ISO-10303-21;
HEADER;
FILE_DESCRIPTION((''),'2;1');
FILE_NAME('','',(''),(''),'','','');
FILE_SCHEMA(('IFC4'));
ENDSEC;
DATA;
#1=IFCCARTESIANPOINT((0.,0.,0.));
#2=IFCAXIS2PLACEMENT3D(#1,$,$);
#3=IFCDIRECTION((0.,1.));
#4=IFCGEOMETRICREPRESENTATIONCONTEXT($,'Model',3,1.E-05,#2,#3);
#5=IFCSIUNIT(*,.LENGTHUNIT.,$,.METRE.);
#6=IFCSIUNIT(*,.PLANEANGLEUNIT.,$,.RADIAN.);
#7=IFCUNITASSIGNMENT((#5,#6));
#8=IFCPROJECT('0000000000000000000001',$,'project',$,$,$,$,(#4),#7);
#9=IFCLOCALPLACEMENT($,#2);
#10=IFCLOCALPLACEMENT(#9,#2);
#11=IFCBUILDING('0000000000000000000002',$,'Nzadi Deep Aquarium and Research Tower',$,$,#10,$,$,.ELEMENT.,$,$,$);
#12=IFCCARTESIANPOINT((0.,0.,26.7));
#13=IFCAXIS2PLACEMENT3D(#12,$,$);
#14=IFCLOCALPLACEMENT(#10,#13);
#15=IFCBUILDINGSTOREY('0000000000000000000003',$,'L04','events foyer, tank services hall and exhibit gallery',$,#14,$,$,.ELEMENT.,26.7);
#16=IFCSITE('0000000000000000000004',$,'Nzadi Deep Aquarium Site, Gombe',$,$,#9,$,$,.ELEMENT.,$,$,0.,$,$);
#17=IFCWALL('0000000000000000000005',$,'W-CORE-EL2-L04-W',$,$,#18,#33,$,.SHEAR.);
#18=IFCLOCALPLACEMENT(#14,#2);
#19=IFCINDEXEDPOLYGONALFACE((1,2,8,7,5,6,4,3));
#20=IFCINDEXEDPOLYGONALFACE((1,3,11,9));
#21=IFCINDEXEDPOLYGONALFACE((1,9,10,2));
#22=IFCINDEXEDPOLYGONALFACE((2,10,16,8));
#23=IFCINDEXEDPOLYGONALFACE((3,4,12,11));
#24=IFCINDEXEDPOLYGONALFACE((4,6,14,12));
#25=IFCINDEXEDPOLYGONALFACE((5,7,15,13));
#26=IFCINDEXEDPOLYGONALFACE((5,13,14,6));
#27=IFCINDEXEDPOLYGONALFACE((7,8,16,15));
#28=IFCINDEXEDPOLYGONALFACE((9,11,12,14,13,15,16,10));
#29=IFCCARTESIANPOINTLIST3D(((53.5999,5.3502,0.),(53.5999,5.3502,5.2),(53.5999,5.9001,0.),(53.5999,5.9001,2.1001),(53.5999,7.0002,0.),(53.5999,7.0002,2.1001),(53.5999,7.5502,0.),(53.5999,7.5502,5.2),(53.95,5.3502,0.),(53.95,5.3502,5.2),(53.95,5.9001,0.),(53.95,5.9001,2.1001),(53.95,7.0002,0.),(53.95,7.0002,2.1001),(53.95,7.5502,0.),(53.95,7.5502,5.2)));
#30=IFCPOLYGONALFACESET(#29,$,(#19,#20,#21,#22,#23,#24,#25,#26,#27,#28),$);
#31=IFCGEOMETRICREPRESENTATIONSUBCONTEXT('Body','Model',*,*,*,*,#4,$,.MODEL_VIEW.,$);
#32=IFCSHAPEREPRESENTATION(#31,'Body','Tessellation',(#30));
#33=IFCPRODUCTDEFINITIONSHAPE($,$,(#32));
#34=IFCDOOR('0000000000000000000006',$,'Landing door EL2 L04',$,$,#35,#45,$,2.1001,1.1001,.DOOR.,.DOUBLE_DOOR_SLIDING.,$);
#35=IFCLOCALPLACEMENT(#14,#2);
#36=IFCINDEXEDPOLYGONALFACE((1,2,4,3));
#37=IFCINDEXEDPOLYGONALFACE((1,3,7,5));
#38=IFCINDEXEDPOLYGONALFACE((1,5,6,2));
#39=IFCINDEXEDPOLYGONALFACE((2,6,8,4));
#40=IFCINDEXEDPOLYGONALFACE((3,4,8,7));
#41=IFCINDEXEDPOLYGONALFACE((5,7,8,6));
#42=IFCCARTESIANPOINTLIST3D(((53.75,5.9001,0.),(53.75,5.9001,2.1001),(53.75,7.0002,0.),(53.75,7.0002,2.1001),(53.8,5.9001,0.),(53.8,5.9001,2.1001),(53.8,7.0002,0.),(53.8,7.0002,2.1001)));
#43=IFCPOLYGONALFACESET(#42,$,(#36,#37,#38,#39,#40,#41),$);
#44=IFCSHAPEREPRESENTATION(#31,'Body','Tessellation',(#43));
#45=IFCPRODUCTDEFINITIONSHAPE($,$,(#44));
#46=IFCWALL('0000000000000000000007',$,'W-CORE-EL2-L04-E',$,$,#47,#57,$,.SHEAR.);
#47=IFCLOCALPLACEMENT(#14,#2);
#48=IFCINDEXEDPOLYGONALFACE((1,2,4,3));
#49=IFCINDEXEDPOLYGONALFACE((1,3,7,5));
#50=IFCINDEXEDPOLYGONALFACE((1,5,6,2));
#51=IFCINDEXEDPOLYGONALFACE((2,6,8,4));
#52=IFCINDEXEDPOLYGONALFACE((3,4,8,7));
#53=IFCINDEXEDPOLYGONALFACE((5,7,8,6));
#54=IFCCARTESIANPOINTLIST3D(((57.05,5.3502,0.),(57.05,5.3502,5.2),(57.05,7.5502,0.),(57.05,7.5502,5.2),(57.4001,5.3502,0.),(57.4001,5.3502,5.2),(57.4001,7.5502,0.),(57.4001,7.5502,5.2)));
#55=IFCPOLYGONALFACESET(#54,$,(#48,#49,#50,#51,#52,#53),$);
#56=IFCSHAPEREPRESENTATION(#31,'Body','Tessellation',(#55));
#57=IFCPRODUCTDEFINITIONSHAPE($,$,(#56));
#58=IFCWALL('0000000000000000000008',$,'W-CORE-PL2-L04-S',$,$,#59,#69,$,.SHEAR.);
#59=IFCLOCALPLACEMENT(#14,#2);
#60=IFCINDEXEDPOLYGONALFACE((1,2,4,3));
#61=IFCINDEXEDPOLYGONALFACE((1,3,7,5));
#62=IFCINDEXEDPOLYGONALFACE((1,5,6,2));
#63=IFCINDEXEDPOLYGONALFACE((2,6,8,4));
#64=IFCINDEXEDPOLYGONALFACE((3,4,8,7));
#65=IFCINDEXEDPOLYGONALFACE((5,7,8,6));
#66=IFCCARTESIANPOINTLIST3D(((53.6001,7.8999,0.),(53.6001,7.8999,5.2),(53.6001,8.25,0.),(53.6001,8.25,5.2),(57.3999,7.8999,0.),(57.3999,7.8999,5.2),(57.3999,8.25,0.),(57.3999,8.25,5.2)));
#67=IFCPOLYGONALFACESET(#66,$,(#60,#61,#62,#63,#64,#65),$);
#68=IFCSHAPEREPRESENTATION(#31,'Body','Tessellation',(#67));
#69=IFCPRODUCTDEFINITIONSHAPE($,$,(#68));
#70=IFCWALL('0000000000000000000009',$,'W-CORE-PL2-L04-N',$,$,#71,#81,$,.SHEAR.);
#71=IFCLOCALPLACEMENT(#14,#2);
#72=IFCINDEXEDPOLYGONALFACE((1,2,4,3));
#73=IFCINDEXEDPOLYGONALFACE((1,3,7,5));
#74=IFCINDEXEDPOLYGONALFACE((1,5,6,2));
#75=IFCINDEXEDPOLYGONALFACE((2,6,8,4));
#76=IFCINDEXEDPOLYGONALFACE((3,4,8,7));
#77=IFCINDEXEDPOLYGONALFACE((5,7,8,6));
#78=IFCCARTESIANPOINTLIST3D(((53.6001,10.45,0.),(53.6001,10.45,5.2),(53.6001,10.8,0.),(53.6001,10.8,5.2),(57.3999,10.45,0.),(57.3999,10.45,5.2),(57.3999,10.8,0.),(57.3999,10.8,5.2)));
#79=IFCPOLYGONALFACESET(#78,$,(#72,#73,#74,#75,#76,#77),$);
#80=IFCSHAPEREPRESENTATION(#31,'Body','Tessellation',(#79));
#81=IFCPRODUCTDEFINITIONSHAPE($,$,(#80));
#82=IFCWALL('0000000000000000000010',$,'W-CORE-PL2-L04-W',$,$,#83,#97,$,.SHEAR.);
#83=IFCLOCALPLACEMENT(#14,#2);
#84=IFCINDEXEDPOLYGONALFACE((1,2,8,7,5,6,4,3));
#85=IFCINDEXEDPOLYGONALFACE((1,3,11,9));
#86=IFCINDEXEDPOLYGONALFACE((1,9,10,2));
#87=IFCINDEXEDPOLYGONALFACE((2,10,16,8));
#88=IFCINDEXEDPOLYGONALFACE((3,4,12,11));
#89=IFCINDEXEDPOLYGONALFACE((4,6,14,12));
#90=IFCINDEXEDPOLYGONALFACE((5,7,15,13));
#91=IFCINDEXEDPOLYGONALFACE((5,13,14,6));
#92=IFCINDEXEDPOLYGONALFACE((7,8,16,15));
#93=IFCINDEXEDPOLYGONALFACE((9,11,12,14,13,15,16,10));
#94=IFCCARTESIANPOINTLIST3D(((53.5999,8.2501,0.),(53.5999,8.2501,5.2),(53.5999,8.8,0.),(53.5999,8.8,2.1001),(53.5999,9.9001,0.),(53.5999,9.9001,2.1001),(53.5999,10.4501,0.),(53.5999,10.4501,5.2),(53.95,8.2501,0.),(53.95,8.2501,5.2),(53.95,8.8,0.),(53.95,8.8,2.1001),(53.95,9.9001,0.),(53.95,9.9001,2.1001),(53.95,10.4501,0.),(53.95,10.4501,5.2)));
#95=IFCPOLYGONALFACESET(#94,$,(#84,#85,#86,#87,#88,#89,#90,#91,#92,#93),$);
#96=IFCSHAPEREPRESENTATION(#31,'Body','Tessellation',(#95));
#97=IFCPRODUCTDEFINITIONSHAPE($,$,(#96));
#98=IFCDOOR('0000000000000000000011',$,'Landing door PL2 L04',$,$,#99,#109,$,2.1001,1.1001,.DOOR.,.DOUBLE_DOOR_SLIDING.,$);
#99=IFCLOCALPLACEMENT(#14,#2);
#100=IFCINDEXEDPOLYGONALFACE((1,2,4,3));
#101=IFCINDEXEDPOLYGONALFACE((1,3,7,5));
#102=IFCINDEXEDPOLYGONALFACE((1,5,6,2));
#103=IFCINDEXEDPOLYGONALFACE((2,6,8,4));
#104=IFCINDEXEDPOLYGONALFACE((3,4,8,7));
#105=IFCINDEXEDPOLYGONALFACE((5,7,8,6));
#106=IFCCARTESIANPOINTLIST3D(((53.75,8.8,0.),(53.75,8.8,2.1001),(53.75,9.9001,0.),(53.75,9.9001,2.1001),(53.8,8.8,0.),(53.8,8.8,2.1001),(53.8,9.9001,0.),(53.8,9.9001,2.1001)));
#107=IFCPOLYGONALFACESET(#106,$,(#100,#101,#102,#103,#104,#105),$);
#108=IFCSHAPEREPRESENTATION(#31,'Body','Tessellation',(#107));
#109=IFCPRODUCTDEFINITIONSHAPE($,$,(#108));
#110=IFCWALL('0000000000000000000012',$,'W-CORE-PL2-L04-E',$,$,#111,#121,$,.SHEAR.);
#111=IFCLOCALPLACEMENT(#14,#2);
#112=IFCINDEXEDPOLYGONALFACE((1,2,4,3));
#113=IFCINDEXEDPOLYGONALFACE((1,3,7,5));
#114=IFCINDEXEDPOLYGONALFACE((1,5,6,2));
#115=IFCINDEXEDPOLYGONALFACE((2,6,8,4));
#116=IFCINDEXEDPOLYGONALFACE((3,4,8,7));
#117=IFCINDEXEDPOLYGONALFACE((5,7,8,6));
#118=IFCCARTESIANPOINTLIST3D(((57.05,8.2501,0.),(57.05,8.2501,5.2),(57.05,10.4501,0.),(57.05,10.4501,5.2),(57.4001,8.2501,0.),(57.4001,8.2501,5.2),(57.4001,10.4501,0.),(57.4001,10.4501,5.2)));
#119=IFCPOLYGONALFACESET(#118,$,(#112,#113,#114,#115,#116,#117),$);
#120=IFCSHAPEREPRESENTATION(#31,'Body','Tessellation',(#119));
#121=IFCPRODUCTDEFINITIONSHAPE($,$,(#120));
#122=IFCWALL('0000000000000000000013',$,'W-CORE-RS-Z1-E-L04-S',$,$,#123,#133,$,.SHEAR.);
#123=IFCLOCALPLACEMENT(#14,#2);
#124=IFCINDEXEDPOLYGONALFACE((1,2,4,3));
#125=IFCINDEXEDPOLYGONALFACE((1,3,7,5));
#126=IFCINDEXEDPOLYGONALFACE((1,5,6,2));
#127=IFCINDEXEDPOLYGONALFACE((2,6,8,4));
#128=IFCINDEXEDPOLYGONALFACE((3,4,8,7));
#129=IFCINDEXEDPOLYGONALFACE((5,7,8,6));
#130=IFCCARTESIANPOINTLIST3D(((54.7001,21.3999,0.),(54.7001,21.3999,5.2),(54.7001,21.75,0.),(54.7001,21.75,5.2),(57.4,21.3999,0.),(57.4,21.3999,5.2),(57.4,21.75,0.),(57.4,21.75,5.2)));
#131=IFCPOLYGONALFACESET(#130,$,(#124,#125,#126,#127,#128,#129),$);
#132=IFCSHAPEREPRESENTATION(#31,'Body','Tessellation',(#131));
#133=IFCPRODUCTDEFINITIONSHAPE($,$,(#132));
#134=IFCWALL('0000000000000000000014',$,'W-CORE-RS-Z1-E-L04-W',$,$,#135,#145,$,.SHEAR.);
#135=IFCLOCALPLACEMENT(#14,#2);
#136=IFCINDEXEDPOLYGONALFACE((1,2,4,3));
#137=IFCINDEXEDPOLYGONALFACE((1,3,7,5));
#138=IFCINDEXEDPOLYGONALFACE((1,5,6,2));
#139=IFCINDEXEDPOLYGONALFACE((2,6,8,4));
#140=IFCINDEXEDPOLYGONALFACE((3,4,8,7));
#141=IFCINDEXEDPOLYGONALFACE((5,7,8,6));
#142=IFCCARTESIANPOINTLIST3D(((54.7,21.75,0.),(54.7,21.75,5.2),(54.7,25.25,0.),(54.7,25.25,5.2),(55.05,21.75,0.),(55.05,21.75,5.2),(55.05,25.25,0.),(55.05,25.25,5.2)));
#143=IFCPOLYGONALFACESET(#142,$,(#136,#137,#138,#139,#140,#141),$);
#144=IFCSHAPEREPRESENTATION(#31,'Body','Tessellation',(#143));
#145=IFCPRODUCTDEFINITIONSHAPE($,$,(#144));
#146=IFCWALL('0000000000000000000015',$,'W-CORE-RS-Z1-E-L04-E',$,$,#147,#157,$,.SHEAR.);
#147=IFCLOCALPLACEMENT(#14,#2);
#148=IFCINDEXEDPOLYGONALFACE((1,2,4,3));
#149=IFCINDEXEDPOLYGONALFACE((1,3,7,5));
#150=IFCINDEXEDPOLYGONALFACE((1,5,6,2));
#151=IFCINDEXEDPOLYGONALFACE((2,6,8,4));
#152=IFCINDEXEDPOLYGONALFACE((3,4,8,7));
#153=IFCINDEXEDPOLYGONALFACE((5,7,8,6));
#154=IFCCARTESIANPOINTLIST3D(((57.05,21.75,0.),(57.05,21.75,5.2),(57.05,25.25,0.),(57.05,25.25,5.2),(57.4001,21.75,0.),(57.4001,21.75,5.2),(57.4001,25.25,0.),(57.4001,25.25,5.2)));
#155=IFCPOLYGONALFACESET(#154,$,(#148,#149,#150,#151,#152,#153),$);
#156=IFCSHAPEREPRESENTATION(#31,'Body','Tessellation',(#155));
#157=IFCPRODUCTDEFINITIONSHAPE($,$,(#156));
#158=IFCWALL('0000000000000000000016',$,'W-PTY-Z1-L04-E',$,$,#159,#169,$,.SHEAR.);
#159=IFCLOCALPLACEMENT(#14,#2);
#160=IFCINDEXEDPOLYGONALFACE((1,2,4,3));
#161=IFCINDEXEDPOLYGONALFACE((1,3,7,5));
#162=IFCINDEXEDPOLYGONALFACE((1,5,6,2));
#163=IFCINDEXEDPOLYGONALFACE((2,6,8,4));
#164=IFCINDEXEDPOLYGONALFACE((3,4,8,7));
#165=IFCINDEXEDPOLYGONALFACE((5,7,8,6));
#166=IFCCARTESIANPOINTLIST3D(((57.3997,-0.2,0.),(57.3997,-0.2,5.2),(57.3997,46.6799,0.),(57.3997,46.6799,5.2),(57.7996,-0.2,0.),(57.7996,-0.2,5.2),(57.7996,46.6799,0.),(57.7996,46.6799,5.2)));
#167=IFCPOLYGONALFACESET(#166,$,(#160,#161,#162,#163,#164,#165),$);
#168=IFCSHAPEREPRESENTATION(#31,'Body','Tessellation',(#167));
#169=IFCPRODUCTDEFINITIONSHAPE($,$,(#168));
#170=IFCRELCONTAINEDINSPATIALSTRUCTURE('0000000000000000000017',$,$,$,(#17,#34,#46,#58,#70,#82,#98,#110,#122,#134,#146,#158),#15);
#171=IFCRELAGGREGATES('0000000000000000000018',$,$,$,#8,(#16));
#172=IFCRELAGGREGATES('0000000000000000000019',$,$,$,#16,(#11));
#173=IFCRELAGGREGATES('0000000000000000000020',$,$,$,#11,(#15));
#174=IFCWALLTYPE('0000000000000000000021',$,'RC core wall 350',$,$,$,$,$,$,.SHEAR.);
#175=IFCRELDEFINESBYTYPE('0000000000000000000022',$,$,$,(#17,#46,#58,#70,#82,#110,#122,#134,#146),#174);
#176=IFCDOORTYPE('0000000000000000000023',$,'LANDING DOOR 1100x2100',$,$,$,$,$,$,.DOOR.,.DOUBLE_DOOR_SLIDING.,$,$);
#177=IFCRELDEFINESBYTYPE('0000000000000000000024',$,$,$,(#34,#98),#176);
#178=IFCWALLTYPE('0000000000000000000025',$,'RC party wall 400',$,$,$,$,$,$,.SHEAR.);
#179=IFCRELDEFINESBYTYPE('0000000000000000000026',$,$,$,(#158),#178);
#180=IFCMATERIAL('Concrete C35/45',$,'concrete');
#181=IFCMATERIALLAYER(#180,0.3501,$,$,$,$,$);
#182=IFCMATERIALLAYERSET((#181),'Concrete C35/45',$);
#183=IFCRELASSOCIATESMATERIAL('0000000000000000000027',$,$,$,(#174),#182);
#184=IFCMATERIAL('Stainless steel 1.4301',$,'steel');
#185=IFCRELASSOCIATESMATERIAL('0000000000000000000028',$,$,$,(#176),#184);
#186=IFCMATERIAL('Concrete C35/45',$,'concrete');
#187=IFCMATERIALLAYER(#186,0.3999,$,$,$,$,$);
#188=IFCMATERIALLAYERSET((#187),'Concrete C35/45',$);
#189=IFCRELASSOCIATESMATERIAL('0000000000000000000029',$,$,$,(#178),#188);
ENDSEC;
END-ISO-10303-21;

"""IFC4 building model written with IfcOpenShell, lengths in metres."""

from ifc_helpers import new_model, si_unit, direction, frame, frame_2d, origin, place, context, subcontext, project, spatial, rectangle, extrude, material, layer, layer_set, type_object, element, fill, save


model = new_model("IFC4")

# Units and contexts
model_context = context("Model", 3, precision=1e-05, world=origin(), true_north=direction((0.0, 1.0)))
body_context = subcontext(model_context, "Body", "Model", "MODEL_VIEW")
ifc_project = project(units=[si_unit("LENGTHUNIT", "METRE"), si_unit("PLANEANGLEUNIT", "RADIAN")], contexts=[model_context])

# Site, building, storey
site_placement = place(None, origin())
site = spatial("IfcSite", under=ifc_project, at=site_placement, Name="Nzadi Deep Aquarium Site, Gombe", CompositionType="ELEMENT", RefElevation=0.0)
building_placement = place(site_placement, origin())
building = spatial("IfcBuilding", under=site, at=building_placement, Name="Nzadi Deep Aquarium and Research Tower", CompositionType="ELEMENT")
storey_placement = place(building_placement, frame((0.0, 0.0, 26.7)))
storey = spatial("IfcBuildingStorey", under=building, at=storey_placement, Name="L04", Description="events foyer, tank services hall and exhibit gallery", CompositionType="ELEMENT", Elevation=26.7)

# Shared definitions
ifc_material_1 = material(Name="Concrete C35/45", Category="concrete")
ifc_layer_1 = layer(ifc_material_1, 0.3501)
ifc_layer_set_1 = layer_set([ifc_layer_1], Name="Concrete C35/45")
wall_type_1 = type_object("IfcWallType", Name="RC core wall 350", PredefinedType="SHEAR", material=ifc_layer_set_1)

# Wall, opening, door
wall_1_placement = place(storey_placement, frame((53.7749, 5.3501, 0.0), z_axis=(0.0, 0.0, 1.0), x_axis=(0.0, 1.0, 0.0)))
wall_1 = element("IfcWall", 1, at=wall_1_placement, inside=storey, type_object=wall_type_1, Name="W-CORE-EL2-L04-W", PredefinedType="SHEAR", context=body_context, shape_type="SweptSolid", body=[
    extrude(rectangle(XDim=2.2, YDim=0.3501, at=frame_2d((1.1001, 0.0))), origin(), (0.0, 0.0, 1.0), 5.2),
])
opening_1_placement = place(wall_1_placement, frame((0.55, 0.0, 0.0)))
opening_1 = element("IfcOpeningElement", 2, at=opening_1_placement, cuts=wall_1, PredefinedType="OPENING", context=body_context, shape_type="SweptSolid", body=[
    extrude(rectangle(XDim=1.1001, YDim=2.1001, at=frame_2d((0.55, 1.05))), frame((0.0, 0.1851, 0.0), z_axis=(0.0, -1.0, 0.0), x_axis=(1.0, 0.0, 0.0)), (0.0, 0.0, 1.0), 0.3701),
])
ifc_material_2 = material(Name="Stainless steel 1.4301", Category="steel")
door_type = type_object("IfcDoorType", Name="LANDING DOOR 1100x2100", OperationType="DOUBLE_DOOR_SLIDING", PredefinedType="DOOR", material=ifc_material_2)
door_1_placement = place(opening_1_placement, origin())
door_1 = element("IfcDoor", 3, at=door_1_placement, inside=storey, type_object=door_type, Name="Landing door EL2 L04", OperationType="DOUBLE_DOOR_SLIDING", OverallHeight=2.1001, OverallWidth=1.1001, PredefinedType="DOOR", context=body_context, shape_type="SweptSolid", body=[
    extrude(rectangle(XDim=1.1001, YDim=2.1001, at=frame_2d((0.55, 1.05))), frame((0.0, 0.0249, 0.0), z_axis=(0.0, -1.0, 0.0), x_axis=(1.0, 0.0, 0.0)), (0.0, 0.0, 1.0), 0.05),
])
fill(opening_1, door_1)

# Walls
wall_2_placement = place(storey_placement, frame((57.2251, 5.3501, 0.0), z_axis=(0.0, 0.0, 1.0), x_axis=(0.0, 1.0, 0.0)))
element("IfcWall", 4, at=wall_2_placement, inside=storey, type_object=wall_type_1, Name="W-CORE-EL2-L04-E", PredefinedType="SHEAR", context=body_context, shape_type="SweptSolid", body=[
    extrude(rectangle(XDim=2.2, YDim=0.3501, at=frame_2d((1.1001, 0.0))), origin(), (0.0, 0.0, 1.0), 5.2),
])
for number, where, z_axis, x_axis, name in (
    (5, (53.6001, 8.075, 0.0), (0.0, 0.0, 1.0), (1.0, 0.0, 0.0), "W-CORE-PL2-L04-S"),
    (6, (53.6001, 10.625, 0.0), (0.0, 0.0, 1.0), (1.0, 0.0, 0.0), "W-CORE-PL2-L04-N"),
):
    element("IfcWall", number, at=place(storey_placement, frame(where, z_axis=z_axis, x_axis=x_axis)), inside=storey, type_object=wall_type_1, Name=name, PredefinedType="SHEAR", context=body_context, shape_type="SweptSolid", body=[
        extrude(rectangle(XDim=3.7998, YDim=0.3501, at=frame_2d((1.8999, 0.0))), origin(), (0.0, 0.0, 1.0), 5.2),
    ])

# Wall, opening, door
wall_3_placement = place(storey_placement, frame((53.7749, 8.25, 0.0), z_axis=(0.0, 0.0, 1.0), x_axis=(0.0, 1.0, 0.0)))
wall_3 = element("IfcWall", 7, at=wall_3_placement, inside=storey, type_object=wall_type_1, Name="W-CORE-PL2-L04-W", PredefinedType="SHEAR", context=body_context, shape_type="SweptSolid", body=[
    extrude(rectangle(XDim=2.2, YDim=0.3501, at=frame_2d((1.1001, 0.0))), origin(), (0.0, 0.0, 1.0), 5.2),
])
opening_2_placement = place(wall_3_placement, frame((0.55, 0.0, 0.0)))
opening_2 = element("IfcOpeningElement", 8, at=opening_2_placement, cuts=wall_3, PredefinedType="OPENING", context=body_context, shape_type="SweptSolid", body=[
    extrude(rectangle(XDim=1.1001, YDim=2.1001, at=frame_2d((0.55, 1.05))), frame((0.0, 0.1851, 0.0), z_axis=(0.0, -1.0, 0.0), x_axis=(1.0, 0.0, 0.0)), (0.0, 0.0, 1.0), 0.3701),
])
door_2_placement = place(opening_2_placement, origin())
door_2 = element("IfcDoor", 9, at=door_2_placement, inside=storey, type_object=door_type, Name="Landing door PL2 L04", OperationType="DOUBLE_DOOR_SLIDING", OverallHeight=2.1001, OverallWidth=1.1001, PredefinedType="DOOR", context=body_context, shape_type="SweptSolid", body=[
    extrude(rectangle(XDim=1.1001, YDim=2.1001, at=frame_2d((0.55, 1.05))), frame((0.0, 0.0249, 0.0), z_axis=(0.0, -1.0, 0.0), x_axis=(1.0, 0.0, 0.0)), (0.0, 0.0, 1.0), 0.05),
])
fill(opening_2, door_2)

# Walls
wall_4_placement = place(storey_placement, frame((57.2251, 8.25, 0.0), z_axis=(0.0, 0.0, 1.0), x_axis=(0.0, 1.0, 0.0)))
element("IfcWall", 10, at=wall_4_placement, inside=storey, type_object=wall_type_1, Name="W-CORE-PL2-L04-E", PredefinedType="SHEAR", context=body_context, shape_type="SweptSolid", body=[
    extrude(rectangle(XDim=2.2, YDim=0.3501, at=frame_2d((1.1001, 0.0))), origin(), (0.0, 0.0, 1.0), 5.2),
])
wall_5_placement = place(storey_placement, frame((54.7, 21.575, 0.0), z_axis=(0.0, 0.0, 1.0), x_axis=(1.0, 0.0, 0.0)))
element("IfcWall", 11, at=wall_5_placement, inside=storey, type_object=wall_type_1, Name="W-CORE-RS-Z1-E-L04-S", PredefinedType="SHEAR", context=body_context, shape_type="SweptSolid", body=[
    extrude(rectangle(XDim=2.7, YDim=0.3501, at=frame_2d((1.3501, 0.0))), origin(), (0.0, 0.0, 1.0), 5.2),
])
for number, where, z_axis, x_axis, name in (
    (12, (54.875, 21.75, 0.0), (0.0, 0.0, 1.0), (0.0, 1.0, 0.0), "W-CORE-RS-Z1-E-L04-W"),
    (13, (57.2251, 21.75, 0.0), (0.0, 0.0, 1.0), (0.0, 1.0, 0.0), "W-CORE-RS-Z1-E-L04-E"),
):
    element("IfcWall", number, at=place(storey_placement, frame(where, z_axis=z_axis, x_axis=x_axis)), inside=storey, type_object=wall_type_1, Name=name, PredefinedType="SHEAR", context=body_context, shape_type="SweptSolid", body=[
        extrude(rectangle(XDim=3.5, YDim=0.3501, at=frame_2d((1.75, 0.0))), origin(), (0.0, 0.0, 1.0), 5.2),
    ])
ifc_material_3 = material(Name="Concrete C35/45", Category="concrete")
ifc_layer_2 = layer(ifc_material_3, 0.3999)
ifc_layer_set_2 = layer_set([ifc_layer_2], Name="Concrete C35/45")
wall_type_2 = type_object("IfcWallType", Name="RC party wall 400", PredefinedType="SHEAR", material=ifc_layer_set_2)
wall_6_placement = place(storey_placement, frame((57.5996, -0.2, 0.0), z_axis=(0.0, 0.0, 1.0), x_axis=(0.0, 1.0, 0.0)))
element("IfcWall", 14, at=wall_6_placement, inside=storey, type_object=wall_type_2, Name="W-PTY-Z1-L04-E", PredefinedType="SHEAR", context=body_context, shape_type="SweptSolid", body=[
    extrude(rectangle(XDim=46.8799, YDim=0.3999, at=frame_2d((23.4399, 0.0))), origin(), (0.0, 0.0, 1.0), 5.2),
])

save(model, "model.ifc")
